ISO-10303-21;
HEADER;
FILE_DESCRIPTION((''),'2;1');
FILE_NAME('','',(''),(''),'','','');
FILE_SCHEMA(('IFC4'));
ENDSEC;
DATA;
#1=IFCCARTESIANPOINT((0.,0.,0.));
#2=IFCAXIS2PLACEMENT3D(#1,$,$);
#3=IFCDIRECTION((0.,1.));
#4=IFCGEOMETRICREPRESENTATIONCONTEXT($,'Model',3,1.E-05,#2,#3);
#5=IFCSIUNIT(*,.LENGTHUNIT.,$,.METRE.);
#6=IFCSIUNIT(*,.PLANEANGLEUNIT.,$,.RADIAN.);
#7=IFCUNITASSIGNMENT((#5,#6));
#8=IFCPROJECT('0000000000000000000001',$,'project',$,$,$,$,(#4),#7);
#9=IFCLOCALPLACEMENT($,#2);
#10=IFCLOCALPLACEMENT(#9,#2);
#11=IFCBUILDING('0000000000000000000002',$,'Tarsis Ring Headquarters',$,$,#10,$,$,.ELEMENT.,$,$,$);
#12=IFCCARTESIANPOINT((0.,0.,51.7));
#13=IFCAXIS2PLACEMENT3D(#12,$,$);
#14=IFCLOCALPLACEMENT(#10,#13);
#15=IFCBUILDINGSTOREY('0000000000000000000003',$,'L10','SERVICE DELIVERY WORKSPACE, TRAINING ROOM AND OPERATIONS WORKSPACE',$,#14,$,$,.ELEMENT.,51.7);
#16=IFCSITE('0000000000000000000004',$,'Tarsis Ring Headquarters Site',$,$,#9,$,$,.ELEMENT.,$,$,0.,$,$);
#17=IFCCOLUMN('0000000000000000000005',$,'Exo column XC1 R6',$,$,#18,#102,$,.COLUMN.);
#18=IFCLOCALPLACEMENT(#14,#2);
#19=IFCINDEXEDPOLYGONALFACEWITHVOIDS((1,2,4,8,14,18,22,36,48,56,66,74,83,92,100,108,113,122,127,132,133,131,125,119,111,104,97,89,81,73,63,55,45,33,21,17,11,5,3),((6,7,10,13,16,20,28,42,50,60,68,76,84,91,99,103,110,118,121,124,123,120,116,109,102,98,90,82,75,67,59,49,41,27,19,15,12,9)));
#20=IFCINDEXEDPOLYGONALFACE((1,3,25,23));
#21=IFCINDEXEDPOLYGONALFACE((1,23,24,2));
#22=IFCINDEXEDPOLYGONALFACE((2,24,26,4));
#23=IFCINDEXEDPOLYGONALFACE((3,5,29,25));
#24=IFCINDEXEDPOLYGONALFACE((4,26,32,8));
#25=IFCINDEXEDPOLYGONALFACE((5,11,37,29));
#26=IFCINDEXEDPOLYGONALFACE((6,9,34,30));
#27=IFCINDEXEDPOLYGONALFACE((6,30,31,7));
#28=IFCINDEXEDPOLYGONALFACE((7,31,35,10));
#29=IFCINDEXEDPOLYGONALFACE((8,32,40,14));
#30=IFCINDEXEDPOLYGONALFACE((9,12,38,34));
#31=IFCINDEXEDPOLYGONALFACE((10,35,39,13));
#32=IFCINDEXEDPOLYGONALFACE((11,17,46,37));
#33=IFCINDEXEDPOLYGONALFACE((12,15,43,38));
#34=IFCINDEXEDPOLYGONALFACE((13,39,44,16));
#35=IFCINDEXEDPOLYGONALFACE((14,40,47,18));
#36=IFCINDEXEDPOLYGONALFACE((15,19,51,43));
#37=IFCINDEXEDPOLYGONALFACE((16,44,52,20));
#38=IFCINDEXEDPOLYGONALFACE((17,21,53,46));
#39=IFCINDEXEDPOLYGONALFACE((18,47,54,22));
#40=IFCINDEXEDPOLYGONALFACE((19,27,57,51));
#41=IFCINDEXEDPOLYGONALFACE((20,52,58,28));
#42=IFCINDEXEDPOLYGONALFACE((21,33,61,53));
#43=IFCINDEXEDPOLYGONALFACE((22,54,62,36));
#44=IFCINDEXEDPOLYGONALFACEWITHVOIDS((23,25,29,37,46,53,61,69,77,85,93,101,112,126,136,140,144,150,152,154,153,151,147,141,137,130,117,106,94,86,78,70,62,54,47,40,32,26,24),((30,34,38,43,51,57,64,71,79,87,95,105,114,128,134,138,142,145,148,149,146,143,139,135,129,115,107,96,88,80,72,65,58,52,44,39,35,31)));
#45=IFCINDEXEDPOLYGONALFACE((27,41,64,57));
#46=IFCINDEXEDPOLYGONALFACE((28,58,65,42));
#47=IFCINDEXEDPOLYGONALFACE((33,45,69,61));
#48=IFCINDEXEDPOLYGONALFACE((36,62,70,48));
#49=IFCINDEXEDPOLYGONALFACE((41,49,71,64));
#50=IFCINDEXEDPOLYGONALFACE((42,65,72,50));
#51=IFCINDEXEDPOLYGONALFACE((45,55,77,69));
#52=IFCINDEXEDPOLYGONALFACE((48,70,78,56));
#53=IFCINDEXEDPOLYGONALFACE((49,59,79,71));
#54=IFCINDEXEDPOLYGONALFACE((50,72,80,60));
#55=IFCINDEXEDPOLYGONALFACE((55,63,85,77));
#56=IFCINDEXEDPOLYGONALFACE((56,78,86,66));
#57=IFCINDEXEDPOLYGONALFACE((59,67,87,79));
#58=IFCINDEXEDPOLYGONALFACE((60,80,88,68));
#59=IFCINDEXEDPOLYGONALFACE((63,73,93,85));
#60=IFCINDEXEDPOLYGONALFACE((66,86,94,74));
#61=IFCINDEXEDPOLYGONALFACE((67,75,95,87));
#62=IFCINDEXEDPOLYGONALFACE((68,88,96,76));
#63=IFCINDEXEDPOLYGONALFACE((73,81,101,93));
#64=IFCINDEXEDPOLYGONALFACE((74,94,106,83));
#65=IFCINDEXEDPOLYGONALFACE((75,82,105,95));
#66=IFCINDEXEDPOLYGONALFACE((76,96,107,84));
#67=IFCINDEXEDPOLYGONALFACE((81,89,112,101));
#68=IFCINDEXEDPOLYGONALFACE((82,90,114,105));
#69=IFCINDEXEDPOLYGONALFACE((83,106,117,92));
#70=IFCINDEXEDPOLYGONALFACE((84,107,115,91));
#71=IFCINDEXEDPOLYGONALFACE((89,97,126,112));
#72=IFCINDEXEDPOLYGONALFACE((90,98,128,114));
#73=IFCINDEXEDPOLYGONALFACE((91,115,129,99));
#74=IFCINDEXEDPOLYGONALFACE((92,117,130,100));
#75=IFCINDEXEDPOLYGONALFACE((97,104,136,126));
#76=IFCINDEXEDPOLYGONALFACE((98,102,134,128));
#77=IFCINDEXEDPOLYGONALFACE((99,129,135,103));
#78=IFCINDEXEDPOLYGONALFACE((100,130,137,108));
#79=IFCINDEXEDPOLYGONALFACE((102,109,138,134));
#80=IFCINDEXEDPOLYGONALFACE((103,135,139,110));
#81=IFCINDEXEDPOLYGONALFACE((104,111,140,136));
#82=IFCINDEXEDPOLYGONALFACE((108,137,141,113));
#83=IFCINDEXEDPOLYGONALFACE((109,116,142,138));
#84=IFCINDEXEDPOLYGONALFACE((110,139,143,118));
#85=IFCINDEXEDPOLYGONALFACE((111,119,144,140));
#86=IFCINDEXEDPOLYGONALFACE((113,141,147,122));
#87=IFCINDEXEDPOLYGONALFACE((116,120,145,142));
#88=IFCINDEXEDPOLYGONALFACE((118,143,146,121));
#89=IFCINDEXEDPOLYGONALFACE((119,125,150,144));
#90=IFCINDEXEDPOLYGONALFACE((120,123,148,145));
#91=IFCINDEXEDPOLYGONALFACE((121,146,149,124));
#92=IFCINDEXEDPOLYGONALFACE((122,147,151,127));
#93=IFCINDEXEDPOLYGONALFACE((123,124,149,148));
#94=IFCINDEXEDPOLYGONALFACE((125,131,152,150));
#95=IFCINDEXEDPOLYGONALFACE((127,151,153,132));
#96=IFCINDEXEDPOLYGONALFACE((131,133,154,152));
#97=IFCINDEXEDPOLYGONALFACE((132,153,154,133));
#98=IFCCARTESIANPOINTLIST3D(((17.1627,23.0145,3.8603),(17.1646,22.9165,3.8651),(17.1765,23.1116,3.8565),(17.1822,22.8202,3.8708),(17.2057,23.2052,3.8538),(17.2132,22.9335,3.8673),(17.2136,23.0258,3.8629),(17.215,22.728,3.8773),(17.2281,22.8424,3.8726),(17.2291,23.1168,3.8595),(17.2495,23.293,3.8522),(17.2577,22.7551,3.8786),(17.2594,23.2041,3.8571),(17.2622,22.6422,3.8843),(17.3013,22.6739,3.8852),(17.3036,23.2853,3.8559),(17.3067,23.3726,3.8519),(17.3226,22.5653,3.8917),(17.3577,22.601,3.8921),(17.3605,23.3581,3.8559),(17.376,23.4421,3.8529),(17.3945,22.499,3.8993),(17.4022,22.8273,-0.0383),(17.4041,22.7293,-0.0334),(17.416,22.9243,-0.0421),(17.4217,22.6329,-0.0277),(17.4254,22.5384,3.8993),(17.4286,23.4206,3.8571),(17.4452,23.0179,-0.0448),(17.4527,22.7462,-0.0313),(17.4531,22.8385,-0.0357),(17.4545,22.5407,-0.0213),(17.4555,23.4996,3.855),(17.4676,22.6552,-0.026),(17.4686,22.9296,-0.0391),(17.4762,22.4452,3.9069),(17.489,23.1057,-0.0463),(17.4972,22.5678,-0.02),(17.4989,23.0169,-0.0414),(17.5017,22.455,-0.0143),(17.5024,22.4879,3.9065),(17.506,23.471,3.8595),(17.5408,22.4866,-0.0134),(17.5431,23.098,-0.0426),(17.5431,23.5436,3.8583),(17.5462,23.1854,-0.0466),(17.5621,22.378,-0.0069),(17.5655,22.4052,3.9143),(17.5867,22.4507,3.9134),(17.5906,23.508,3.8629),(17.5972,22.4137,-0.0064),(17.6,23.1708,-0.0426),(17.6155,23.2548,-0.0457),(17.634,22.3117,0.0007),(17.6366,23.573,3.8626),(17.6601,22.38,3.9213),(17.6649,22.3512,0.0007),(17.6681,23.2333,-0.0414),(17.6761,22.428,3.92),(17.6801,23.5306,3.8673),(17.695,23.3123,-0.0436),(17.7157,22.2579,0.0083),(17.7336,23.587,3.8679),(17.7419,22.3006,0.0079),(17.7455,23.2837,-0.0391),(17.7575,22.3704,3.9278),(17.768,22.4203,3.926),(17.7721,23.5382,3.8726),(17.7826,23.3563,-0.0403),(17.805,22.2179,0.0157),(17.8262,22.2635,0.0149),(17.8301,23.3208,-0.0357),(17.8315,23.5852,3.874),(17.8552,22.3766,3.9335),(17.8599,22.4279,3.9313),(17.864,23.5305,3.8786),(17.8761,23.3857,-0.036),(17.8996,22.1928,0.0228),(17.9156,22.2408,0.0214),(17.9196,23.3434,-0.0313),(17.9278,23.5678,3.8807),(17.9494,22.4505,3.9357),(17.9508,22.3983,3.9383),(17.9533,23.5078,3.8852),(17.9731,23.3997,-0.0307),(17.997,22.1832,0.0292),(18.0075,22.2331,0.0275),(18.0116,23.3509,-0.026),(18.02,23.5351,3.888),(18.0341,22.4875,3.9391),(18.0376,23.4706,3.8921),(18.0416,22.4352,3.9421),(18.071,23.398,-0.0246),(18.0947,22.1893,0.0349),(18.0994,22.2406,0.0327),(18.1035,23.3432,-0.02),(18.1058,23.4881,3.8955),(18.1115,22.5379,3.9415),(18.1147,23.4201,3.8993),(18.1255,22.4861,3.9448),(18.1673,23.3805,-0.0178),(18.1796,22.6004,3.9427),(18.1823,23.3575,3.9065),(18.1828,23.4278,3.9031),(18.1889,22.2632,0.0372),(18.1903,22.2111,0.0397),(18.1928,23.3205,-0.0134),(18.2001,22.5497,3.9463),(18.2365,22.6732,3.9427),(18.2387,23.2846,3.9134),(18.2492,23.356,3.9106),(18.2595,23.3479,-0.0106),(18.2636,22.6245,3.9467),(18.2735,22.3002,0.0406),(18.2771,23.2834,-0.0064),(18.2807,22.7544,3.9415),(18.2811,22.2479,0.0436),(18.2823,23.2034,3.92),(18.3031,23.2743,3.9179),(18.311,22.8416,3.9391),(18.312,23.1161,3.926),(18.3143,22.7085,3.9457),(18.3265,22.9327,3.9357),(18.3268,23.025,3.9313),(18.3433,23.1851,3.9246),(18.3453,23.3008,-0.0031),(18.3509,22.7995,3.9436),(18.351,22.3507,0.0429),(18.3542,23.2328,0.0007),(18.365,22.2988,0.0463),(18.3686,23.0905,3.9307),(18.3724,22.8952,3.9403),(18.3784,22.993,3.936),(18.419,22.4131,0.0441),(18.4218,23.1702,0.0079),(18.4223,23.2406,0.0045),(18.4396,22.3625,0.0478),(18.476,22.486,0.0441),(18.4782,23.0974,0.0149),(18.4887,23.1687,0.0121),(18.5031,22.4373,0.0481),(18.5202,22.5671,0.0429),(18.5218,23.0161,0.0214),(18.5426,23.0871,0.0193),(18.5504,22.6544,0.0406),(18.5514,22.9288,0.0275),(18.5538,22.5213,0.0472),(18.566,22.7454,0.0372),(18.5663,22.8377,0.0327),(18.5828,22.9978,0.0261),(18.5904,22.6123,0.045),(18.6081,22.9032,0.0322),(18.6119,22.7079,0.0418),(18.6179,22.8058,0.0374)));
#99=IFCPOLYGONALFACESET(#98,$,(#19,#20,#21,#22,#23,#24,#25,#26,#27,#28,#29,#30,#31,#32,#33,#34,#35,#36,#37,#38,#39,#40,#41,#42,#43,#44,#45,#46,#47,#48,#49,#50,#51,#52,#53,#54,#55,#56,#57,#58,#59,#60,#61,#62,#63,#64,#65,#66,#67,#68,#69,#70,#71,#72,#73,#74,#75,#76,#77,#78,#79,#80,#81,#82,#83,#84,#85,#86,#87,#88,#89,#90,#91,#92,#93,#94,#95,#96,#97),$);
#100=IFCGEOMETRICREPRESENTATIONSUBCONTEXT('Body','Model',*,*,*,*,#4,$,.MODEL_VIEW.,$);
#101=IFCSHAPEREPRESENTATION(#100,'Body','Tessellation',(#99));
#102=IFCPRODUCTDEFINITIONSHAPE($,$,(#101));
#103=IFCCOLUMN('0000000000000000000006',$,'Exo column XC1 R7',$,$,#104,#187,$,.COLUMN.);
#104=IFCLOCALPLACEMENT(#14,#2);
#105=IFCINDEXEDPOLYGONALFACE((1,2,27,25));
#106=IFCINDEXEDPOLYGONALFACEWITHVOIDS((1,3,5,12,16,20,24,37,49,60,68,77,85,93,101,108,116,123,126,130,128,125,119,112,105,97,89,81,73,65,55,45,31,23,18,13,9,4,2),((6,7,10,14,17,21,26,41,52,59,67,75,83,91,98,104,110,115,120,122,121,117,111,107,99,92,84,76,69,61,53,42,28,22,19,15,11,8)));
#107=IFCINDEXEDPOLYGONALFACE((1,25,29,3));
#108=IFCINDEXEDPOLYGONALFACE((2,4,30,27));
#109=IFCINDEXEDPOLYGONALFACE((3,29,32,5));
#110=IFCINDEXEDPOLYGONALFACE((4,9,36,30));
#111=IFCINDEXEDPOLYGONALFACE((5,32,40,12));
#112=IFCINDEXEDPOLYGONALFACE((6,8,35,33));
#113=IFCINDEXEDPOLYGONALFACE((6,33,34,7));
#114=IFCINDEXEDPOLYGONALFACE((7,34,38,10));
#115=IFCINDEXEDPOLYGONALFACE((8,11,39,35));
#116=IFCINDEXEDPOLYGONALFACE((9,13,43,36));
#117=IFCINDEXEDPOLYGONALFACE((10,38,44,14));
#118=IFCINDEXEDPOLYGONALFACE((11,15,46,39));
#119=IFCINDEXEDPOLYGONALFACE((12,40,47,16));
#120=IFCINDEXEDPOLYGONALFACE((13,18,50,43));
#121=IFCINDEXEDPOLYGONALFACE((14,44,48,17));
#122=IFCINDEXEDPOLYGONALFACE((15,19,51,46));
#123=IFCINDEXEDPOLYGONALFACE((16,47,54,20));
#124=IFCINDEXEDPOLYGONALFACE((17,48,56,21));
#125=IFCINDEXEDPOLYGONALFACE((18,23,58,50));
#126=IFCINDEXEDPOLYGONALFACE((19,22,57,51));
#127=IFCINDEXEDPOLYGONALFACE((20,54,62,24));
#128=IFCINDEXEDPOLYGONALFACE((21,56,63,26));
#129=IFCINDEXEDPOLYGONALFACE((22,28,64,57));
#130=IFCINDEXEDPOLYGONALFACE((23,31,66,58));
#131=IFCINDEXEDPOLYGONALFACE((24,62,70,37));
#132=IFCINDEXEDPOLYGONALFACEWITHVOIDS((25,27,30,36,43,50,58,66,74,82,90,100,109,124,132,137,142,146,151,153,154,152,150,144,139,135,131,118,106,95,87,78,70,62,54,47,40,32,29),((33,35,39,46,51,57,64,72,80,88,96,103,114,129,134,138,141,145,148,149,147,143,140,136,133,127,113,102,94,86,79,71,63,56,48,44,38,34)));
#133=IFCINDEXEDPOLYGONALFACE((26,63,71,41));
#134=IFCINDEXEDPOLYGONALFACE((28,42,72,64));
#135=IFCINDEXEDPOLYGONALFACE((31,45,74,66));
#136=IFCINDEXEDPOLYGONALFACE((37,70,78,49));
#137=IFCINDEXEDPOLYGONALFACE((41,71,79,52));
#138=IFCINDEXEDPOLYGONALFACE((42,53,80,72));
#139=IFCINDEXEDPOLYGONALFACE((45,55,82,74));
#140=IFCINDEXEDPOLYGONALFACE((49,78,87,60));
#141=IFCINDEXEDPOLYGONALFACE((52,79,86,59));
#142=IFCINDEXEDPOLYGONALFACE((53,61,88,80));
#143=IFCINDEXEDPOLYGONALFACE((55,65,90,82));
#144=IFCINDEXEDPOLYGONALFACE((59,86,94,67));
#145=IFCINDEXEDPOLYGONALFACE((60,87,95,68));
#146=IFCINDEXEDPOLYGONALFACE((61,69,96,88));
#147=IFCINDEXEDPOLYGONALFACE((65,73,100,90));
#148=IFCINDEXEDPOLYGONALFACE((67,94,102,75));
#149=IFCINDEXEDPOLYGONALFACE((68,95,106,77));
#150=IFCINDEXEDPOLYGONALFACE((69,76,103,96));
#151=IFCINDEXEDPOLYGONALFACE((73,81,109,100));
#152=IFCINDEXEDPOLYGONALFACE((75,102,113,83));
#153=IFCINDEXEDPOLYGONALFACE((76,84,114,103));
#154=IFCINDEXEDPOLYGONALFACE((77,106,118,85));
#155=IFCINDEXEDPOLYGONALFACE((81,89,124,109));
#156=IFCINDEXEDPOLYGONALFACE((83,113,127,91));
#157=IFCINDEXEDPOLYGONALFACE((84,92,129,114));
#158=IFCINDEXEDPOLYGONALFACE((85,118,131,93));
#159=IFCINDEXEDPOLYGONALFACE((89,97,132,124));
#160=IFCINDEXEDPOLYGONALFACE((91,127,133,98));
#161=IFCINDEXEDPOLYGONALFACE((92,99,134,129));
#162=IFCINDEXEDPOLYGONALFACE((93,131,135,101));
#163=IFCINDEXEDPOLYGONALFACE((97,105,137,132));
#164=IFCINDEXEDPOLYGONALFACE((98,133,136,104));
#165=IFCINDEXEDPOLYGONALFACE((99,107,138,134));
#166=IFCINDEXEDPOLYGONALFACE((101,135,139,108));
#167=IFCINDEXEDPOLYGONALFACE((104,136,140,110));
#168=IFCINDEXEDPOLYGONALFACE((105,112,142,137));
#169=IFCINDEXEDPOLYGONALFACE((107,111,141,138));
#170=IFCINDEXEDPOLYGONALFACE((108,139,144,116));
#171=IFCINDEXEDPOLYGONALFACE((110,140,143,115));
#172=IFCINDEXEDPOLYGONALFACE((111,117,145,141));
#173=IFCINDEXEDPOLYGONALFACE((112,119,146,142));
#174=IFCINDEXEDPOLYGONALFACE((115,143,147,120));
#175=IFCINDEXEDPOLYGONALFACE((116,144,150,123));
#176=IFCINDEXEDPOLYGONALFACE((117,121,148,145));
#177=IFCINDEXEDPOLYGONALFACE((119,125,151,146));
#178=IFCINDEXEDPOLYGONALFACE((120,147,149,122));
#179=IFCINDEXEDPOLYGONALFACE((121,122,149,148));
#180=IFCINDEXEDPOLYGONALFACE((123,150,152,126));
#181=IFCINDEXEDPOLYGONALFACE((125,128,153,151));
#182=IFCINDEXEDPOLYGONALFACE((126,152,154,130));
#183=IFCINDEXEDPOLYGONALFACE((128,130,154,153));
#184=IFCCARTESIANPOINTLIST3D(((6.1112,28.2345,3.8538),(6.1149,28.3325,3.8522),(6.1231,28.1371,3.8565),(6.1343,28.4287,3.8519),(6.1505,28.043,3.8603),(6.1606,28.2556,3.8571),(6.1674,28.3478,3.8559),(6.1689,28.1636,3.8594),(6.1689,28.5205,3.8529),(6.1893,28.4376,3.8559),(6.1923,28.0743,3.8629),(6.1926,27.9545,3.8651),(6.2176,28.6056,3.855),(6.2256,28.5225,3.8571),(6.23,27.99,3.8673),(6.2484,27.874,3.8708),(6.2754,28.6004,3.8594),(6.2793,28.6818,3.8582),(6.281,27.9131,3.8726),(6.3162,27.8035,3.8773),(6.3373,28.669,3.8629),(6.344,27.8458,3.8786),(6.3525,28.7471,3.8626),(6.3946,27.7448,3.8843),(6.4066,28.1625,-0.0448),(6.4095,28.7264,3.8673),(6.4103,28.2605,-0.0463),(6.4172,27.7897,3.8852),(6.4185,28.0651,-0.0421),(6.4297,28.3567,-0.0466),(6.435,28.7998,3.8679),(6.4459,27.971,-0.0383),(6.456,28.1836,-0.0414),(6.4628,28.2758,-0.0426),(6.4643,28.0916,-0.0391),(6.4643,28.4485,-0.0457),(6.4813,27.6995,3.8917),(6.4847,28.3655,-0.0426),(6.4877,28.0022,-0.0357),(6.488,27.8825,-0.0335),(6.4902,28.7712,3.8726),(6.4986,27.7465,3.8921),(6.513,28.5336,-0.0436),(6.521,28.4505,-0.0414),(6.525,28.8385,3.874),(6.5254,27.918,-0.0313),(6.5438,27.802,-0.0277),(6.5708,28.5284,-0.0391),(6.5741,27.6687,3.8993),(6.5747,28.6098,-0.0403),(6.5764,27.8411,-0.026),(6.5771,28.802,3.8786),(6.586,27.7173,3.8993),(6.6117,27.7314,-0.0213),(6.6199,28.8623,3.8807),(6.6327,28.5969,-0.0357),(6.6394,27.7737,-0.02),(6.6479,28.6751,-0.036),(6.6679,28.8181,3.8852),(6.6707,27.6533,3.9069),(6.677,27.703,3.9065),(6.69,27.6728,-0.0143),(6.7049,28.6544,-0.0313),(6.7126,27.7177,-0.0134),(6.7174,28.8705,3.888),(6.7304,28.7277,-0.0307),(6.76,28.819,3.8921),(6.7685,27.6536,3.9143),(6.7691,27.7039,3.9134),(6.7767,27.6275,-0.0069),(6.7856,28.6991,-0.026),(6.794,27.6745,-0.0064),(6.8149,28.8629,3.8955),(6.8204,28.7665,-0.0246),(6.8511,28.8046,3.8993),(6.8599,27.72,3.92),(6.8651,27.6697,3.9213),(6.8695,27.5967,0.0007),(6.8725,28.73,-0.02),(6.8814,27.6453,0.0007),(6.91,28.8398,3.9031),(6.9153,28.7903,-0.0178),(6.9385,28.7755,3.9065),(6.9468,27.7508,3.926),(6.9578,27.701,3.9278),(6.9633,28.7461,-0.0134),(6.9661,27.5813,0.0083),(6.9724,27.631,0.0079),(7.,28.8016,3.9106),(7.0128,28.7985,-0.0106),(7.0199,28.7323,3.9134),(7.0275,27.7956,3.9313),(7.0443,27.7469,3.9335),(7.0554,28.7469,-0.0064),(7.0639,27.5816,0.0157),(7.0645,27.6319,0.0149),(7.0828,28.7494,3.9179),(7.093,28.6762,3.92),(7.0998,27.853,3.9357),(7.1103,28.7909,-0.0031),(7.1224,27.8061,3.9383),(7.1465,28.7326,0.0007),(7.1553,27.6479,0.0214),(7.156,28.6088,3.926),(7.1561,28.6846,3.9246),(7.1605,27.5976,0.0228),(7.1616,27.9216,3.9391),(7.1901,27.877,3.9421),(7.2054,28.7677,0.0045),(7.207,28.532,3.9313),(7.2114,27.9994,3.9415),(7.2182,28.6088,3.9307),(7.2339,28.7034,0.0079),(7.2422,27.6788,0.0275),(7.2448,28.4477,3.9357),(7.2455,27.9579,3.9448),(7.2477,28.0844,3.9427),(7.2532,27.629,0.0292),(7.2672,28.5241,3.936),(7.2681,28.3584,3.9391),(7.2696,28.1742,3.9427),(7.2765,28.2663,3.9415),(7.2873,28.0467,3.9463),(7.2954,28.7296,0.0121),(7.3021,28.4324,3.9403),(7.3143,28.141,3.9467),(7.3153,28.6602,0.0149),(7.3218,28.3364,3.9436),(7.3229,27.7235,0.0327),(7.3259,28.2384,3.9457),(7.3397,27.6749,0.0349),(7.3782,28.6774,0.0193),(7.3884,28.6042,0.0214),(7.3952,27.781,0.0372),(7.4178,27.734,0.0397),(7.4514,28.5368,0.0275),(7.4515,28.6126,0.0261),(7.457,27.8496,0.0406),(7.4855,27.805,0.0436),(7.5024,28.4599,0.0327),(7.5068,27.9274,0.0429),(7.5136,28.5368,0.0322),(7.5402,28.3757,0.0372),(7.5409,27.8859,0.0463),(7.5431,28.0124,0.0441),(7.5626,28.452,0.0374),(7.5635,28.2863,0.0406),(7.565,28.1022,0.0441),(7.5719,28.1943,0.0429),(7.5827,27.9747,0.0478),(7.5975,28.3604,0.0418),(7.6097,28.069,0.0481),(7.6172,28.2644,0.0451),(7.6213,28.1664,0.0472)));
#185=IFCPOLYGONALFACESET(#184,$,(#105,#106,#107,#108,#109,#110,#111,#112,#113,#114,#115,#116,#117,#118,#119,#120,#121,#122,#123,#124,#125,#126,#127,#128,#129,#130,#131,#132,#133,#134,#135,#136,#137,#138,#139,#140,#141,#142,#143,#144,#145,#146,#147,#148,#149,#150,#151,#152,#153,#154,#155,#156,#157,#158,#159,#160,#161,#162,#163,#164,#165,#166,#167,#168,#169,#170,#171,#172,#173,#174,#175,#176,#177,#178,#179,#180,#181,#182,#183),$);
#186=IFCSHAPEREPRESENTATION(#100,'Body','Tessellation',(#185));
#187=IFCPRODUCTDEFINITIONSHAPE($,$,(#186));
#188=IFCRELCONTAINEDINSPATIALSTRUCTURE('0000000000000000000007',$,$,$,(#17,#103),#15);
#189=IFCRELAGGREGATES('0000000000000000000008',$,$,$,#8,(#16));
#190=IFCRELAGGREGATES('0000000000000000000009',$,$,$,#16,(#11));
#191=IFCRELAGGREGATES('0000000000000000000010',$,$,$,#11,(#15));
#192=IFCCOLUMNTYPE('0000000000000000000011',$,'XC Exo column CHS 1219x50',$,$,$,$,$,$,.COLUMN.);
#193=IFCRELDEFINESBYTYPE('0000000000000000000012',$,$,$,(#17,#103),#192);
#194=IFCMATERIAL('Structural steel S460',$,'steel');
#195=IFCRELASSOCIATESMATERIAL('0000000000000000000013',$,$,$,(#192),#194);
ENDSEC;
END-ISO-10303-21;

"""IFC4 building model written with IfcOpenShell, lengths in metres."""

from ifc_helpers import new_model, si_unit, direction, frame, origin, origin_2d, place, context, subcontext, project, spatial, hollow_circle, extrude, material, material_profile, profile_set, type_object, element, save


model = new_model("IFC4")

# Units and contexts
model_context = context("Model", 3, precision=1e-05, world=origin(), true_north=direction((0.0, 1.0)))
body_context = subcontext(model_context, "Body", "Model", "MODEL_VIEW")
ifc_project = project(units=[si_unit("LENGTHUNIT", "METRE"), si_unit("PLANEANGLEUNIT", "RADIAN")], contexts=[model_context])

# Site, building, storey
site_placement = place(None, origin())
site = spatial("IfcSite", under=ifc_project, at=site_placement, Name="Tarsis Ring Headquarters Site", CompositionType="ELEMENT", RefElevation=0.0)
building_placement = place(site_placement, origin())
building = spatial("IfcBuilding", under=site, at=building_placement, Name="Tarsis Ring Headquarters", CompositionType="ELEMENT")
storey_placement = place(building_placement, frame((0.0, 0.0, 51.7)))
storey = spatial("IfcBuildingStorey", under=building, at=storey_placement, Name="L10", Description="SERVICE DELIVERY WORKSPACE, TRAINING ROOM AND OPERATIONS WORKSPACE", CompositionType="ELEMENT", Elevation=51.7)

# Columns
ifc_material_1 = material(Name="Structural steel S460", Category="steel")
ifc_material_profile_1 = material_profile(ifc_material_1, hollow_circle(Radius=0.6096, WallThickness=0.05, at=origin_2d()), Name="CHS 1219x50")
ifc_profile_set_1 = profile_set([ifc_material_profile_1], Name="Structural steel S460")
column_type = type_object("IfcColumnType", Name="XC Exo column CHS 1219x50", PredefinedType="COLUMN", material=ifc_profile_set_1)
for number, where, z_axis, x_axis, name in (
    (1, (18.0095, 22.792, 0.0007), (-0.061246, 0.047885, 0.996973), (-0.61594, -0.787793, 0.0), "Exo column XC1 R6"),
    (2, (7.0139, 28.189, 0.0007), (-0.075542, 0.018417, 0.996972), (-0.236864, -0.971543, 0.0), "Exo column XC1 R7"),
):
    element("IfcColumn", number, at=place(storey_placement, frame(where, z_axis=z_axis, x_axis=x_axis)), inside=storey, type_object=column_type, Name=name, PredefinedType="COLUMN", context=body_context, shape_type="SweptSolid", body=[
        extrude(hollow_circle(Radius=0.6096, WallThickness=0.05, at=origin_2d()), origin(), (0.0, 0.0, 1.0), 3.9104),
    ])

save(model, "model.ifc")
